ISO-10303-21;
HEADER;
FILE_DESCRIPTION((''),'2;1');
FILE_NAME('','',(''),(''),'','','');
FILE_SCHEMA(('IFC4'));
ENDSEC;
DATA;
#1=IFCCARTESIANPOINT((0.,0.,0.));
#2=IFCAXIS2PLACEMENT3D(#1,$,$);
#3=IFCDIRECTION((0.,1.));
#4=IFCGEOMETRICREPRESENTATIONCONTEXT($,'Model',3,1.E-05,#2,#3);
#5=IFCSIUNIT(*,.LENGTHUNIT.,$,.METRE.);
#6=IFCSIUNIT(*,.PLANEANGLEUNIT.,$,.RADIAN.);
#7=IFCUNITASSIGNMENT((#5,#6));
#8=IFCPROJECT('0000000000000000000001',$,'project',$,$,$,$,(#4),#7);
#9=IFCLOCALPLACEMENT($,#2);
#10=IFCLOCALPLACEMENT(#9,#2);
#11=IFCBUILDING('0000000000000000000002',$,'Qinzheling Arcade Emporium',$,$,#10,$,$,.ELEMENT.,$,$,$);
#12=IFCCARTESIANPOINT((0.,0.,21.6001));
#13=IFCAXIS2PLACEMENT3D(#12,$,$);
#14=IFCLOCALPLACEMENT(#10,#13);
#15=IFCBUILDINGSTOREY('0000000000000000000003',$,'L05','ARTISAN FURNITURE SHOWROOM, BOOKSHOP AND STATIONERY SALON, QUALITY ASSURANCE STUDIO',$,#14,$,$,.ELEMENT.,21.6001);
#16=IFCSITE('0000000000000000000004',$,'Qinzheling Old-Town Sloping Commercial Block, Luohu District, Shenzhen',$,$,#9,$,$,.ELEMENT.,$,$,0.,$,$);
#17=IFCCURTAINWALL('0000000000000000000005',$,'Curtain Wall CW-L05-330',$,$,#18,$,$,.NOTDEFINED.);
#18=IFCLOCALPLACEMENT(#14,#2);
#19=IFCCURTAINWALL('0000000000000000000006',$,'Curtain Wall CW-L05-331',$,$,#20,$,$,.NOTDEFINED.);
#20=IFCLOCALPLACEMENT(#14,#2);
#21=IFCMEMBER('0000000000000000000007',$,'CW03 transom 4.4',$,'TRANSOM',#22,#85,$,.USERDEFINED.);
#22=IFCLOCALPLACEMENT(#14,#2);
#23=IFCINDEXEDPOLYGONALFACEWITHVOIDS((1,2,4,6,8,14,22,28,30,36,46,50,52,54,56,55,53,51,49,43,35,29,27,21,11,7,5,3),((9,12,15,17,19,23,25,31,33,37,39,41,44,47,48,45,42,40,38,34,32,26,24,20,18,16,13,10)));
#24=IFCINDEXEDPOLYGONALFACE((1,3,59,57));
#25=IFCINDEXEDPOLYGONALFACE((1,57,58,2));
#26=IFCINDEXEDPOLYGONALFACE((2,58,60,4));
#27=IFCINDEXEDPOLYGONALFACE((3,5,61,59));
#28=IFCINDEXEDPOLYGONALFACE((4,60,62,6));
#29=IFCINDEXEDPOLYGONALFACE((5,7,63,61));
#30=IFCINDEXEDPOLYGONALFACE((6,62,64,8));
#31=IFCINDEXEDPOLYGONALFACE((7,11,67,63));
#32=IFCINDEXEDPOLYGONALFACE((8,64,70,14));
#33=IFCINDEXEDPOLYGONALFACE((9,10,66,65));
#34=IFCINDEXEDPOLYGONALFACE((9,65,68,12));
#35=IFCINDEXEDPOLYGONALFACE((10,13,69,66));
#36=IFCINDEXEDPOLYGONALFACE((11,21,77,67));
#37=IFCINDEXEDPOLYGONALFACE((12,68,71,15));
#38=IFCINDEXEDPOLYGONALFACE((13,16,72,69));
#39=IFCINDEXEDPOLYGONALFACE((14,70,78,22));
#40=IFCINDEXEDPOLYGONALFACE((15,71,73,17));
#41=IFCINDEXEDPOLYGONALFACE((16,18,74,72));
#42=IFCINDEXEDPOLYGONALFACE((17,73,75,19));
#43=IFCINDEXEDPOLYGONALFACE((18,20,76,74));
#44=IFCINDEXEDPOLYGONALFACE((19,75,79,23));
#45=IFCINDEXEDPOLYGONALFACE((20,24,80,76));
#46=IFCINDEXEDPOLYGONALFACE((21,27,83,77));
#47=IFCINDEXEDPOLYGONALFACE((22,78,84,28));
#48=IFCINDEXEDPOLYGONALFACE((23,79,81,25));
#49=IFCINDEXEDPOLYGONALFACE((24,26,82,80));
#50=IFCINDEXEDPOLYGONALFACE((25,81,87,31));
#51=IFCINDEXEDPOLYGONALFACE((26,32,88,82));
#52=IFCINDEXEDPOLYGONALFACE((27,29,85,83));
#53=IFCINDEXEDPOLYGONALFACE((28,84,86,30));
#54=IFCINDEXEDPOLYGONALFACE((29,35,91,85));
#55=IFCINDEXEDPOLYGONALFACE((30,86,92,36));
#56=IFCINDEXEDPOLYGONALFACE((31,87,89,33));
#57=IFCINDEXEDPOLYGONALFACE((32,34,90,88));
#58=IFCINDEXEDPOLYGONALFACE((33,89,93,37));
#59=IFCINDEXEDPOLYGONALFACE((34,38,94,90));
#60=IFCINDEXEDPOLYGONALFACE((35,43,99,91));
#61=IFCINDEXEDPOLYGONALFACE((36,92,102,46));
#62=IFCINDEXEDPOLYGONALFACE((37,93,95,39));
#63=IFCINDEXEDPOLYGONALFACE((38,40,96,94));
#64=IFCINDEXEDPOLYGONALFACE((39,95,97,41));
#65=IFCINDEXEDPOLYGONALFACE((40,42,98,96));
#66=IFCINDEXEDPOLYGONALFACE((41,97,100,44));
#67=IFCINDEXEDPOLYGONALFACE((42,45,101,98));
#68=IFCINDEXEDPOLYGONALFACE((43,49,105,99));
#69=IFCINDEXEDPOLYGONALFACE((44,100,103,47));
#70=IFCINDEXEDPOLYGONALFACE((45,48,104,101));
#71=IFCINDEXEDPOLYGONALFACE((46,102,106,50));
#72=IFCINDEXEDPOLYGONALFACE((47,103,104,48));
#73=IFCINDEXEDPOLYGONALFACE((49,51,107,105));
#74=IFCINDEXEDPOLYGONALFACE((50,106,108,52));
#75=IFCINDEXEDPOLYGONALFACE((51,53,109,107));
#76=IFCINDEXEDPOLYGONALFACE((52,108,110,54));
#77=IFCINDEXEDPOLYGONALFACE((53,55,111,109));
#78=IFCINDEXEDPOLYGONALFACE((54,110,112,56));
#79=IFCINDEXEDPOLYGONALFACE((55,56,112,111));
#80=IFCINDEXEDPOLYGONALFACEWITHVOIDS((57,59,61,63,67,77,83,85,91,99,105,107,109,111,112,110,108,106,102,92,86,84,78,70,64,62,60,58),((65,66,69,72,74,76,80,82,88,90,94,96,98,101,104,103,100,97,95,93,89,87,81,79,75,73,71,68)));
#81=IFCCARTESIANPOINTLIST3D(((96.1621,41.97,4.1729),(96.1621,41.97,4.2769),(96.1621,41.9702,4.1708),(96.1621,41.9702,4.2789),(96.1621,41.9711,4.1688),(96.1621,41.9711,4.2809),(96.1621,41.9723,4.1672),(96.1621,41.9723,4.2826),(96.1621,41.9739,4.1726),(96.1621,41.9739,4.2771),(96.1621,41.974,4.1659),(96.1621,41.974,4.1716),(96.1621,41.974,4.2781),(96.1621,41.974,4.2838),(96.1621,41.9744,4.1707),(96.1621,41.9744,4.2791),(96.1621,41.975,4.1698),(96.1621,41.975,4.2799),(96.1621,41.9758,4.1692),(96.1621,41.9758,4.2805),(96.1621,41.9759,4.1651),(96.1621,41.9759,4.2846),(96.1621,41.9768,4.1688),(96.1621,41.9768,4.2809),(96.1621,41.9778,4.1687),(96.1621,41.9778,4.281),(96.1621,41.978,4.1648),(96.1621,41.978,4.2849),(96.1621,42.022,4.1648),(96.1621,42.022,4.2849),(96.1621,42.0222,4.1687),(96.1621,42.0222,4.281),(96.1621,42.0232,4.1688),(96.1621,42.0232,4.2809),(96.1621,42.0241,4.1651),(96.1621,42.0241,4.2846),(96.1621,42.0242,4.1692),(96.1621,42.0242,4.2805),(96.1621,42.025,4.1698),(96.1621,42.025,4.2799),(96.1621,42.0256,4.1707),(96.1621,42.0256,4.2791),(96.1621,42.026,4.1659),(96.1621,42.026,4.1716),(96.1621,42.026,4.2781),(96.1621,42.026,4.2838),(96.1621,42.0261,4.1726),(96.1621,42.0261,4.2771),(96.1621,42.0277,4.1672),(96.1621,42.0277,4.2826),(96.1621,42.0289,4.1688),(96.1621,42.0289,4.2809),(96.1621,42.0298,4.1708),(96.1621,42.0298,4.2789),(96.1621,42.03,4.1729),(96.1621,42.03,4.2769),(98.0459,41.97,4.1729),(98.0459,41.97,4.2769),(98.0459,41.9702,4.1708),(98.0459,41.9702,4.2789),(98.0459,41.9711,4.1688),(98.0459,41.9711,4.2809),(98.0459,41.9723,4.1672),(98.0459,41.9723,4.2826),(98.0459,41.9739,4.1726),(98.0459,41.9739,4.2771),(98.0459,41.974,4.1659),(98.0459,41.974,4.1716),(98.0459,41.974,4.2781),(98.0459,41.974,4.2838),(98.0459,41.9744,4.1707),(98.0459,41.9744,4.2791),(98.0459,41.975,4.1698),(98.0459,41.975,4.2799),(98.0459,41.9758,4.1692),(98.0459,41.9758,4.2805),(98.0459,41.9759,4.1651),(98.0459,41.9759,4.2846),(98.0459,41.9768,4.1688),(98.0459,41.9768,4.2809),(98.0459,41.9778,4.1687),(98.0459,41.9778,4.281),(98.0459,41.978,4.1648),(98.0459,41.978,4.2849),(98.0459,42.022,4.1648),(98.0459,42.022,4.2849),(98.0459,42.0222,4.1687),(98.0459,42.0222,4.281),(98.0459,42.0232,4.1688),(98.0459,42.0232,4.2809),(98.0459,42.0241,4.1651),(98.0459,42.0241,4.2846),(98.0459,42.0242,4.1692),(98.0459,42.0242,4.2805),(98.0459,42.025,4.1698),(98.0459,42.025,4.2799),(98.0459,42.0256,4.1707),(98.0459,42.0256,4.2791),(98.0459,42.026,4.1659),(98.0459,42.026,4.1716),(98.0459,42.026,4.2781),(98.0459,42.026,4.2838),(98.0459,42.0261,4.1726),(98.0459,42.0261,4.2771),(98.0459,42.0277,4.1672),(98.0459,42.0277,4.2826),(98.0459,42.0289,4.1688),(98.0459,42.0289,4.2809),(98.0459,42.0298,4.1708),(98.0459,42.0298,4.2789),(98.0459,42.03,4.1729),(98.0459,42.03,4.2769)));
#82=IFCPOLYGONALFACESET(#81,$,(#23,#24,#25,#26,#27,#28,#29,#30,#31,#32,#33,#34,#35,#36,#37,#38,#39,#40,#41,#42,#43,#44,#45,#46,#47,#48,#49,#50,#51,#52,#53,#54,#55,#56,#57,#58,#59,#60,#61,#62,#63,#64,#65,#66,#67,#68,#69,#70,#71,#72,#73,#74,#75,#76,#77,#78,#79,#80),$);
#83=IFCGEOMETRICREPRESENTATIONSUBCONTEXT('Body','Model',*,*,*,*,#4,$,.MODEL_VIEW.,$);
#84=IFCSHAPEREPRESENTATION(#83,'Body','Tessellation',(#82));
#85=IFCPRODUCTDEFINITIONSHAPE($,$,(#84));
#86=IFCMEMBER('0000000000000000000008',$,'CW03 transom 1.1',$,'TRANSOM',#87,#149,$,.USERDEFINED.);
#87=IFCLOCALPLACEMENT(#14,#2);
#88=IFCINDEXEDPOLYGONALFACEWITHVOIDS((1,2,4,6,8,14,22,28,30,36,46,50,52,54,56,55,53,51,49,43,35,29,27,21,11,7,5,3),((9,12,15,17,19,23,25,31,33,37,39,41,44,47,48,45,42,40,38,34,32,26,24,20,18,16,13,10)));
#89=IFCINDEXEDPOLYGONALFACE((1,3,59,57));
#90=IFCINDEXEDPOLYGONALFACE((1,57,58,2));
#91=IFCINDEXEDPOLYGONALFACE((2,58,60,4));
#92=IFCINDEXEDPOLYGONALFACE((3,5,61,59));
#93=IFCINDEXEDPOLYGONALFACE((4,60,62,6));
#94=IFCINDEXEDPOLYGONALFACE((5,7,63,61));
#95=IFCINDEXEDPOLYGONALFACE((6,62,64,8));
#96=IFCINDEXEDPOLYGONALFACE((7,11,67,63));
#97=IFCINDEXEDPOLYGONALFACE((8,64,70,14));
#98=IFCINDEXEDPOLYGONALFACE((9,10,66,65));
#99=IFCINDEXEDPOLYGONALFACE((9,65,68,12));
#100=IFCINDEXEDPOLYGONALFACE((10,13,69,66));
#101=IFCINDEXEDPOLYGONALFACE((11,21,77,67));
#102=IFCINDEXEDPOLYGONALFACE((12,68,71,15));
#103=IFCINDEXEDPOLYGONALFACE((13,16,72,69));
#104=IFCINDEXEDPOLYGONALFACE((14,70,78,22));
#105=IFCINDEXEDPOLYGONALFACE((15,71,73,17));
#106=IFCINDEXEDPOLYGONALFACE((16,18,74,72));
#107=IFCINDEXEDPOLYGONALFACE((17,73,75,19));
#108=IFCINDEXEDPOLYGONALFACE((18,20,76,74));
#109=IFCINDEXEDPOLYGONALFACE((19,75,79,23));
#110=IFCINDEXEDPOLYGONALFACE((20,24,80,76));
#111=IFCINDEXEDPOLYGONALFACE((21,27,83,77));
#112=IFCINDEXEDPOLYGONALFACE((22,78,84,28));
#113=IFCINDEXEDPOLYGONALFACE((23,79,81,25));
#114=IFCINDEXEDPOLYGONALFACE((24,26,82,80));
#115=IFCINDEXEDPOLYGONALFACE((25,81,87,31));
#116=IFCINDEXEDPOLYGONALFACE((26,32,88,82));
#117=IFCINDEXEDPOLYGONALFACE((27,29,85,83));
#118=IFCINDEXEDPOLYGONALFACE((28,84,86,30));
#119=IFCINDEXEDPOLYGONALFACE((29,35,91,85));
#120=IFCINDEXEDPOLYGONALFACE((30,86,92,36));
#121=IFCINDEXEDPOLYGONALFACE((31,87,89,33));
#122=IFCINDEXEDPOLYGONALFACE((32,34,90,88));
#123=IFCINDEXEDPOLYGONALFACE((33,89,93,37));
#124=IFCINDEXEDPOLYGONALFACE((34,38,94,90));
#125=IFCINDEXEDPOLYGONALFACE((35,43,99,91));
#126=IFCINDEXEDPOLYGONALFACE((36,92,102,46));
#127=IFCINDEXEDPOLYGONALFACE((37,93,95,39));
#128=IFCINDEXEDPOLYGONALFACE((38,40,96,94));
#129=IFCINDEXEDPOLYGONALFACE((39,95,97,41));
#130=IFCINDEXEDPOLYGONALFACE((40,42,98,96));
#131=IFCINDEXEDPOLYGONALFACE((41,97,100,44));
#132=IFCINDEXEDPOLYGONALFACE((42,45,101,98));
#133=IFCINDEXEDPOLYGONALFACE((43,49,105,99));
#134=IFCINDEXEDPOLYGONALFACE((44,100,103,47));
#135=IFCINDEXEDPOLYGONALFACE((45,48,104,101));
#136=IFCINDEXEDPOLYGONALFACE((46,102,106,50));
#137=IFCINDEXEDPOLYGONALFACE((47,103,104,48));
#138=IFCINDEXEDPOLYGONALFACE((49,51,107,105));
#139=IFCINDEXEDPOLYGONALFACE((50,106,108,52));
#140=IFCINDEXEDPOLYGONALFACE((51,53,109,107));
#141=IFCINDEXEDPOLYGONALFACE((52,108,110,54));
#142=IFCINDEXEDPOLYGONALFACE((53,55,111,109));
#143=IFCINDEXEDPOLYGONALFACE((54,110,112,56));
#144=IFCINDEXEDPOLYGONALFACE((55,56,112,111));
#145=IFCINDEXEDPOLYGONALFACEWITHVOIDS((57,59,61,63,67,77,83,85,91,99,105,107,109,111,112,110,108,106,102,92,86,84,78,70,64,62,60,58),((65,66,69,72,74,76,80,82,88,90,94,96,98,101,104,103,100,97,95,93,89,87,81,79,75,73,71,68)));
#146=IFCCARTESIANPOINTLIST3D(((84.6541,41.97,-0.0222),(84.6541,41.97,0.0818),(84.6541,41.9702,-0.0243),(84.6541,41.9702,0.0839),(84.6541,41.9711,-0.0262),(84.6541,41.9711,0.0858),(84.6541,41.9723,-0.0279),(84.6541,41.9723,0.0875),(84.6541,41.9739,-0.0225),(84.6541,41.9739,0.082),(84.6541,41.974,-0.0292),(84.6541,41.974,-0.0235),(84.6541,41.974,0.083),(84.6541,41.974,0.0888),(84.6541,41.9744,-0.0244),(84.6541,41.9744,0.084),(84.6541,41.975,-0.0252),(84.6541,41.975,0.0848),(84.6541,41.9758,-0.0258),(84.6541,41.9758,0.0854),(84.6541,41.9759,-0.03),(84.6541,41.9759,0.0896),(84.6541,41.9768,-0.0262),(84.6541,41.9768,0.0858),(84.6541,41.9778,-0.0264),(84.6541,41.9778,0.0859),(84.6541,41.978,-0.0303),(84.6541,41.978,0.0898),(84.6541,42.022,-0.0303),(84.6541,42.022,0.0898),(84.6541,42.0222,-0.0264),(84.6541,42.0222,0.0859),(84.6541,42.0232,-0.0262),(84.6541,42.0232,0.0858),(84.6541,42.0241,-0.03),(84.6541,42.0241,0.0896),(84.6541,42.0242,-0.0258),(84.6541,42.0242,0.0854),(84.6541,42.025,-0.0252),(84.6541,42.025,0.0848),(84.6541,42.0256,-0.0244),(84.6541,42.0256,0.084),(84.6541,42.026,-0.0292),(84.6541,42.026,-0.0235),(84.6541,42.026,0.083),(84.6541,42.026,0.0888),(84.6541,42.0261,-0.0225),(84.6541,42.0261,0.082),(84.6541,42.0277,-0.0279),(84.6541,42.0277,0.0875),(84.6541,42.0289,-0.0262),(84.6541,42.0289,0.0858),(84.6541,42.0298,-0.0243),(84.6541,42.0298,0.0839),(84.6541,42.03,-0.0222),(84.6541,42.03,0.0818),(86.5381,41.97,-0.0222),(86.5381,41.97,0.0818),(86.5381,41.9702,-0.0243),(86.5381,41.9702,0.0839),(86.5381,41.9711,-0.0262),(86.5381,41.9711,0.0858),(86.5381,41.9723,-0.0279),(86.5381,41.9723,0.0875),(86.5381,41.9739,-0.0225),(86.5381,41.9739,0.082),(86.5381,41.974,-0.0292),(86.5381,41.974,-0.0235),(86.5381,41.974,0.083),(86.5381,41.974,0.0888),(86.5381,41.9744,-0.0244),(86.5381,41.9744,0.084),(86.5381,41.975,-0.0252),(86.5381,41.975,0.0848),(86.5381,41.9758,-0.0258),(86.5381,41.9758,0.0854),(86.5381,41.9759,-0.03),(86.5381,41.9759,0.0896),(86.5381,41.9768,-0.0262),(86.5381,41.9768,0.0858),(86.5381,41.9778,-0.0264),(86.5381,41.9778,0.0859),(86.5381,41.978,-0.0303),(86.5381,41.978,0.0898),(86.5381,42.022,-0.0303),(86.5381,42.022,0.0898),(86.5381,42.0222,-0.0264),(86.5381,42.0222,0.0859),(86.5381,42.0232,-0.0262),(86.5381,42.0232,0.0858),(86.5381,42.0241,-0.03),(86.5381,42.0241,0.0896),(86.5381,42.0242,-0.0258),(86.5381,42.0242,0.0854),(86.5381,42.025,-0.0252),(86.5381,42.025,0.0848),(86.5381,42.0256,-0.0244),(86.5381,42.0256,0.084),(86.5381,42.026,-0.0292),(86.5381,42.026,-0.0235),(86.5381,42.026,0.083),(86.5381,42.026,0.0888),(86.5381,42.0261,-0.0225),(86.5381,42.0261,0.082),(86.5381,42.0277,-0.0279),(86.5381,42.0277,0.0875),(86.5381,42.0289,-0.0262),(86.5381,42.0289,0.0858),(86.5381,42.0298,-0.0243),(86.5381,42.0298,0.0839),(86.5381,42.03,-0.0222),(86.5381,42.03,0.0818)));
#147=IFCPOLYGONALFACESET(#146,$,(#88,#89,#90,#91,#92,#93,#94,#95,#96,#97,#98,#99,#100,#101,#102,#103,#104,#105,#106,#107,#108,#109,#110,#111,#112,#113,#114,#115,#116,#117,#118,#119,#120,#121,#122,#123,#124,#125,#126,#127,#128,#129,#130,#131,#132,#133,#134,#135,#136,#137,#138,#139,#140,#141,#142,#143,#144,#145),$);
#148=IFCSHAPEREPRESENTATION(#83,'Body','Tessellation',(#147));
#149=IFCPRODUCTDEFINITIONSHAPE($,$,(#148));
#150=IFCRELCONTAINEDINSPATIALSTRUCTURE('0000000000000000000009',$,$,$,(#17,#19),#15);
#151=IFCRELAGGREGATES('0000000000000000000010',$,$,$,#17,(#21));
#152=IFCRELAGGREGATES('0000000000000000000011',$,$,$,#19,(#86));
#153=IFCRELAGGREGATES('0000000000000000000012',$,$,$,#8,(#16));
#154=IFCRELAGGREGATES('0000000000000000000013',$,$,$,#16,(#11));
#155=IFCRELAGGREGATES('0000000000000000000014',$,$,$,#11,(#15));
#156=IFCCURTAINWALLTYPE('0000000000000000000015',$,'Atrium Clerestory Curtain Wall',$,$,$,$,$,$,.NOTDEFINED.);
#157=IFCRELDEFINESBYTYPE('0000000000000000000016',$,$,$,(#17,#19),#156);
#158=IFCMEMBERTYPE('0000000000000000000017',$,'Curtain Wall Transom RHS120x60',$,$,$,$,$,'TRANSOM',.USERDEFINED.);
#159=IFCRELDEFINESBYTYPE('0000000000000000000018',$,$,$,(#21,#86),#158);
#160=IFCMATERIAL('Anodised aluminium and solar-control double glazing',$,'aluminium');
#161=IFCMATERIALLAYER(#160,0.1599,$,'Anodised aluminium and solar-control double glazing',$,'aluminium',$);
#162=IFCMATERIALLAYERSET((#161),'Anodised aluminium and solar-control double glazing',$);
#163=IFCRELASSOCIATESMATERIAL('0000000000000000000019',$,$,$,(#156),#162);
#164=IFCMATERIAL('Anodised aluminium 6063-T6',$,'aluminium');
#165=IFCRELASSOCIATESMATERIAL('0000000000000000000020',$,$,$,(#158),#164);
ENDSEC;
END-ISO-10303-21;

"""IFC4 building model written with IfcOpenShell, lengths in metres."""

from ifc_helpers import new_model, si_unit, direction, frame, origin, origin_2d, place, context, subcontext, project, spatial, hollow_rectangle, extrude, material, layer, layer_set, material_profile, profile_set, type_object, element, aggregate, save


model = new_model("IFC4")

# Units and contexts
model_context = context("Model", 3, precision=1e-05, world=origin(), true_north=direction((0.0, 1.0)))
body_context = subcontext(model_context, "Body", "Model", "MODEL_VIEW")
ifc_project = project(units=[si_unit("LENGTHUNIT", "METRE"), si_unit("PLANEANGLEUNIT", "RADIAN")], contexts=[model_context])

# Site, building, storey
site_placement = place(None, origin())
site = spatial("IfcSite", under=ifc_project, at=site_placement, Name="Qinzheling Old-Town Sloping Commercial Block, Luohu District, Shenzhen", CompositionType="ELEMENT", RefElevation=0.0)
building_placement = place(site_placement, origin())
building = spatial("IfcBuilding", under=site, at=building_placement, Name="Qinzheling Arcade Emporium", CompositionType="ELEMENT")
storey_placement = place(building_placement, frame((0.0, 0.0, 21.6001)))
storey = spatial("IfcBuildingStorey", under=building, at=storey_placement, Name="L05", Description="ARTISAN FURNITURE SHOWROOM, BOOKSHOP AND STATIONERY SALON, QUALITY ASSURANCE STUDIO", CompositionType="ELEMENT", Elevation=21.6001)

# Curtain walls
ifc_material_1 = material(Name="Anodised aluminium and solar-control double glazing", Category="aluminium")
ifc_layer_1 = layer(ifc_material_1, 0.1599, Name="Anodised aluminium and solar-control double glazing", Category="aluminium")
ifc_layer_set_1 = layer_set([ifc_layer_1], Name="Anodised aluminium and solar-control double glazing")
curtain_wall_type = type_object("IfcCurtainWallType", Name="Atrium Clerestory Curtain Wall", PredefinedType="NOTDEFINED", material=ifc_layer_set_1)
curtain_wall_1_placement = place(storey_placement, origin())
curtain_wall_1 = element("IfcCurtainWall", 1, at=curtain_wall_1_placement, inside=storey, type_object=curtain_wall_type, Name="Curtain Wall CW-L05-330", PredefinedType="NOTDEFINED")
ifc_material_2 = material(Name="Anodised aluminium 6063-T6", Category="aluminium")
curtain_wall_2_placement = place(storey_placement, origin())
curtain_wall_2 = element("IfcCurtainWall", 2, at=curtain_wall_2_placement, inside=storey, type_object=curtain_wall_type, Name="Curtain Wall CW-L05-331", PredefinedType="NOTDEFINED")

# Members
ifc_material_profile_1 = material_profile(ifc_material_2, hollow_rectangle(XDim=0.0601, YDim=0.1201, WallThickness=0.0039, InnerFilletRadius=0.0039, OuterFilletRadius=0.0081, at=origin_2d()), Name="RHS 120x60x4", Category="aluminium")
ifc_profile_set_1 = profile_set([ifc_material_profile_1], Name="Anodised aluminium 6063-T6")
member_type_1 = type_object("IfcMemberType", Name="Curtain Wall Transom RHS120x60", ElementType="TRANSOM", PredefinedType="USERDEFINED", material=ifc_profile_set_1)
member_1_placement = place(storey_placement, frame((98.0459, 42.0, 4.2249), z_axis=(-1.0, 0.0, 0.0), x_axis=(0.0, -1.0, 0.0)))
member_1 = element("IfcMember", 3, at=member_1_placement, type_object=member_type_1, Name="CW03 transom 4.4", ObjectType="TRANSOM", PredefinedType="USERDEFINED", context=body_context, shape_type="SweptSolid", body=[
    extrude(hollow_rectangle(XDim=0.0601, YDim=0.1201, WallThickness=0.0039, InnerFilletRadius=0.0039, OuterFilletRadius=0.0081, at=origin_2d()), origin(), (0.0, 0.0, 1.0), 1.8838),
])
member_2_placement = place(storey_placement, frame((86.5381, 42.0, 0.0298), z_axis=(-1.0, 0.0, 0.0), x_axis=(0.0, -1.0, 0.0)))
member_2 = element("IfcMember", 4, at=member_2_placement, type_object=member_type_1, Name="CW03 transom 1.1", ObjectType="TRANSOM", PredefinedType="USERDEFINED", context=body_context, shape_type="SweptSolid", body=[
    extrude(hollow_rectangle(XDim=0.0601, YDim=0.1201, WallThickness=0.0039, InnerFilletRadius=0.0039, OuterFilletRadius=0.0081, at=origin_2d()), origin(), (0.0, 0.0, 1.0), 1.884),
])

aggregate(curtain_wall_1, [member_1])
aggregate(curtain_wall_2, [member_2])

save(model, "model.ifc")
